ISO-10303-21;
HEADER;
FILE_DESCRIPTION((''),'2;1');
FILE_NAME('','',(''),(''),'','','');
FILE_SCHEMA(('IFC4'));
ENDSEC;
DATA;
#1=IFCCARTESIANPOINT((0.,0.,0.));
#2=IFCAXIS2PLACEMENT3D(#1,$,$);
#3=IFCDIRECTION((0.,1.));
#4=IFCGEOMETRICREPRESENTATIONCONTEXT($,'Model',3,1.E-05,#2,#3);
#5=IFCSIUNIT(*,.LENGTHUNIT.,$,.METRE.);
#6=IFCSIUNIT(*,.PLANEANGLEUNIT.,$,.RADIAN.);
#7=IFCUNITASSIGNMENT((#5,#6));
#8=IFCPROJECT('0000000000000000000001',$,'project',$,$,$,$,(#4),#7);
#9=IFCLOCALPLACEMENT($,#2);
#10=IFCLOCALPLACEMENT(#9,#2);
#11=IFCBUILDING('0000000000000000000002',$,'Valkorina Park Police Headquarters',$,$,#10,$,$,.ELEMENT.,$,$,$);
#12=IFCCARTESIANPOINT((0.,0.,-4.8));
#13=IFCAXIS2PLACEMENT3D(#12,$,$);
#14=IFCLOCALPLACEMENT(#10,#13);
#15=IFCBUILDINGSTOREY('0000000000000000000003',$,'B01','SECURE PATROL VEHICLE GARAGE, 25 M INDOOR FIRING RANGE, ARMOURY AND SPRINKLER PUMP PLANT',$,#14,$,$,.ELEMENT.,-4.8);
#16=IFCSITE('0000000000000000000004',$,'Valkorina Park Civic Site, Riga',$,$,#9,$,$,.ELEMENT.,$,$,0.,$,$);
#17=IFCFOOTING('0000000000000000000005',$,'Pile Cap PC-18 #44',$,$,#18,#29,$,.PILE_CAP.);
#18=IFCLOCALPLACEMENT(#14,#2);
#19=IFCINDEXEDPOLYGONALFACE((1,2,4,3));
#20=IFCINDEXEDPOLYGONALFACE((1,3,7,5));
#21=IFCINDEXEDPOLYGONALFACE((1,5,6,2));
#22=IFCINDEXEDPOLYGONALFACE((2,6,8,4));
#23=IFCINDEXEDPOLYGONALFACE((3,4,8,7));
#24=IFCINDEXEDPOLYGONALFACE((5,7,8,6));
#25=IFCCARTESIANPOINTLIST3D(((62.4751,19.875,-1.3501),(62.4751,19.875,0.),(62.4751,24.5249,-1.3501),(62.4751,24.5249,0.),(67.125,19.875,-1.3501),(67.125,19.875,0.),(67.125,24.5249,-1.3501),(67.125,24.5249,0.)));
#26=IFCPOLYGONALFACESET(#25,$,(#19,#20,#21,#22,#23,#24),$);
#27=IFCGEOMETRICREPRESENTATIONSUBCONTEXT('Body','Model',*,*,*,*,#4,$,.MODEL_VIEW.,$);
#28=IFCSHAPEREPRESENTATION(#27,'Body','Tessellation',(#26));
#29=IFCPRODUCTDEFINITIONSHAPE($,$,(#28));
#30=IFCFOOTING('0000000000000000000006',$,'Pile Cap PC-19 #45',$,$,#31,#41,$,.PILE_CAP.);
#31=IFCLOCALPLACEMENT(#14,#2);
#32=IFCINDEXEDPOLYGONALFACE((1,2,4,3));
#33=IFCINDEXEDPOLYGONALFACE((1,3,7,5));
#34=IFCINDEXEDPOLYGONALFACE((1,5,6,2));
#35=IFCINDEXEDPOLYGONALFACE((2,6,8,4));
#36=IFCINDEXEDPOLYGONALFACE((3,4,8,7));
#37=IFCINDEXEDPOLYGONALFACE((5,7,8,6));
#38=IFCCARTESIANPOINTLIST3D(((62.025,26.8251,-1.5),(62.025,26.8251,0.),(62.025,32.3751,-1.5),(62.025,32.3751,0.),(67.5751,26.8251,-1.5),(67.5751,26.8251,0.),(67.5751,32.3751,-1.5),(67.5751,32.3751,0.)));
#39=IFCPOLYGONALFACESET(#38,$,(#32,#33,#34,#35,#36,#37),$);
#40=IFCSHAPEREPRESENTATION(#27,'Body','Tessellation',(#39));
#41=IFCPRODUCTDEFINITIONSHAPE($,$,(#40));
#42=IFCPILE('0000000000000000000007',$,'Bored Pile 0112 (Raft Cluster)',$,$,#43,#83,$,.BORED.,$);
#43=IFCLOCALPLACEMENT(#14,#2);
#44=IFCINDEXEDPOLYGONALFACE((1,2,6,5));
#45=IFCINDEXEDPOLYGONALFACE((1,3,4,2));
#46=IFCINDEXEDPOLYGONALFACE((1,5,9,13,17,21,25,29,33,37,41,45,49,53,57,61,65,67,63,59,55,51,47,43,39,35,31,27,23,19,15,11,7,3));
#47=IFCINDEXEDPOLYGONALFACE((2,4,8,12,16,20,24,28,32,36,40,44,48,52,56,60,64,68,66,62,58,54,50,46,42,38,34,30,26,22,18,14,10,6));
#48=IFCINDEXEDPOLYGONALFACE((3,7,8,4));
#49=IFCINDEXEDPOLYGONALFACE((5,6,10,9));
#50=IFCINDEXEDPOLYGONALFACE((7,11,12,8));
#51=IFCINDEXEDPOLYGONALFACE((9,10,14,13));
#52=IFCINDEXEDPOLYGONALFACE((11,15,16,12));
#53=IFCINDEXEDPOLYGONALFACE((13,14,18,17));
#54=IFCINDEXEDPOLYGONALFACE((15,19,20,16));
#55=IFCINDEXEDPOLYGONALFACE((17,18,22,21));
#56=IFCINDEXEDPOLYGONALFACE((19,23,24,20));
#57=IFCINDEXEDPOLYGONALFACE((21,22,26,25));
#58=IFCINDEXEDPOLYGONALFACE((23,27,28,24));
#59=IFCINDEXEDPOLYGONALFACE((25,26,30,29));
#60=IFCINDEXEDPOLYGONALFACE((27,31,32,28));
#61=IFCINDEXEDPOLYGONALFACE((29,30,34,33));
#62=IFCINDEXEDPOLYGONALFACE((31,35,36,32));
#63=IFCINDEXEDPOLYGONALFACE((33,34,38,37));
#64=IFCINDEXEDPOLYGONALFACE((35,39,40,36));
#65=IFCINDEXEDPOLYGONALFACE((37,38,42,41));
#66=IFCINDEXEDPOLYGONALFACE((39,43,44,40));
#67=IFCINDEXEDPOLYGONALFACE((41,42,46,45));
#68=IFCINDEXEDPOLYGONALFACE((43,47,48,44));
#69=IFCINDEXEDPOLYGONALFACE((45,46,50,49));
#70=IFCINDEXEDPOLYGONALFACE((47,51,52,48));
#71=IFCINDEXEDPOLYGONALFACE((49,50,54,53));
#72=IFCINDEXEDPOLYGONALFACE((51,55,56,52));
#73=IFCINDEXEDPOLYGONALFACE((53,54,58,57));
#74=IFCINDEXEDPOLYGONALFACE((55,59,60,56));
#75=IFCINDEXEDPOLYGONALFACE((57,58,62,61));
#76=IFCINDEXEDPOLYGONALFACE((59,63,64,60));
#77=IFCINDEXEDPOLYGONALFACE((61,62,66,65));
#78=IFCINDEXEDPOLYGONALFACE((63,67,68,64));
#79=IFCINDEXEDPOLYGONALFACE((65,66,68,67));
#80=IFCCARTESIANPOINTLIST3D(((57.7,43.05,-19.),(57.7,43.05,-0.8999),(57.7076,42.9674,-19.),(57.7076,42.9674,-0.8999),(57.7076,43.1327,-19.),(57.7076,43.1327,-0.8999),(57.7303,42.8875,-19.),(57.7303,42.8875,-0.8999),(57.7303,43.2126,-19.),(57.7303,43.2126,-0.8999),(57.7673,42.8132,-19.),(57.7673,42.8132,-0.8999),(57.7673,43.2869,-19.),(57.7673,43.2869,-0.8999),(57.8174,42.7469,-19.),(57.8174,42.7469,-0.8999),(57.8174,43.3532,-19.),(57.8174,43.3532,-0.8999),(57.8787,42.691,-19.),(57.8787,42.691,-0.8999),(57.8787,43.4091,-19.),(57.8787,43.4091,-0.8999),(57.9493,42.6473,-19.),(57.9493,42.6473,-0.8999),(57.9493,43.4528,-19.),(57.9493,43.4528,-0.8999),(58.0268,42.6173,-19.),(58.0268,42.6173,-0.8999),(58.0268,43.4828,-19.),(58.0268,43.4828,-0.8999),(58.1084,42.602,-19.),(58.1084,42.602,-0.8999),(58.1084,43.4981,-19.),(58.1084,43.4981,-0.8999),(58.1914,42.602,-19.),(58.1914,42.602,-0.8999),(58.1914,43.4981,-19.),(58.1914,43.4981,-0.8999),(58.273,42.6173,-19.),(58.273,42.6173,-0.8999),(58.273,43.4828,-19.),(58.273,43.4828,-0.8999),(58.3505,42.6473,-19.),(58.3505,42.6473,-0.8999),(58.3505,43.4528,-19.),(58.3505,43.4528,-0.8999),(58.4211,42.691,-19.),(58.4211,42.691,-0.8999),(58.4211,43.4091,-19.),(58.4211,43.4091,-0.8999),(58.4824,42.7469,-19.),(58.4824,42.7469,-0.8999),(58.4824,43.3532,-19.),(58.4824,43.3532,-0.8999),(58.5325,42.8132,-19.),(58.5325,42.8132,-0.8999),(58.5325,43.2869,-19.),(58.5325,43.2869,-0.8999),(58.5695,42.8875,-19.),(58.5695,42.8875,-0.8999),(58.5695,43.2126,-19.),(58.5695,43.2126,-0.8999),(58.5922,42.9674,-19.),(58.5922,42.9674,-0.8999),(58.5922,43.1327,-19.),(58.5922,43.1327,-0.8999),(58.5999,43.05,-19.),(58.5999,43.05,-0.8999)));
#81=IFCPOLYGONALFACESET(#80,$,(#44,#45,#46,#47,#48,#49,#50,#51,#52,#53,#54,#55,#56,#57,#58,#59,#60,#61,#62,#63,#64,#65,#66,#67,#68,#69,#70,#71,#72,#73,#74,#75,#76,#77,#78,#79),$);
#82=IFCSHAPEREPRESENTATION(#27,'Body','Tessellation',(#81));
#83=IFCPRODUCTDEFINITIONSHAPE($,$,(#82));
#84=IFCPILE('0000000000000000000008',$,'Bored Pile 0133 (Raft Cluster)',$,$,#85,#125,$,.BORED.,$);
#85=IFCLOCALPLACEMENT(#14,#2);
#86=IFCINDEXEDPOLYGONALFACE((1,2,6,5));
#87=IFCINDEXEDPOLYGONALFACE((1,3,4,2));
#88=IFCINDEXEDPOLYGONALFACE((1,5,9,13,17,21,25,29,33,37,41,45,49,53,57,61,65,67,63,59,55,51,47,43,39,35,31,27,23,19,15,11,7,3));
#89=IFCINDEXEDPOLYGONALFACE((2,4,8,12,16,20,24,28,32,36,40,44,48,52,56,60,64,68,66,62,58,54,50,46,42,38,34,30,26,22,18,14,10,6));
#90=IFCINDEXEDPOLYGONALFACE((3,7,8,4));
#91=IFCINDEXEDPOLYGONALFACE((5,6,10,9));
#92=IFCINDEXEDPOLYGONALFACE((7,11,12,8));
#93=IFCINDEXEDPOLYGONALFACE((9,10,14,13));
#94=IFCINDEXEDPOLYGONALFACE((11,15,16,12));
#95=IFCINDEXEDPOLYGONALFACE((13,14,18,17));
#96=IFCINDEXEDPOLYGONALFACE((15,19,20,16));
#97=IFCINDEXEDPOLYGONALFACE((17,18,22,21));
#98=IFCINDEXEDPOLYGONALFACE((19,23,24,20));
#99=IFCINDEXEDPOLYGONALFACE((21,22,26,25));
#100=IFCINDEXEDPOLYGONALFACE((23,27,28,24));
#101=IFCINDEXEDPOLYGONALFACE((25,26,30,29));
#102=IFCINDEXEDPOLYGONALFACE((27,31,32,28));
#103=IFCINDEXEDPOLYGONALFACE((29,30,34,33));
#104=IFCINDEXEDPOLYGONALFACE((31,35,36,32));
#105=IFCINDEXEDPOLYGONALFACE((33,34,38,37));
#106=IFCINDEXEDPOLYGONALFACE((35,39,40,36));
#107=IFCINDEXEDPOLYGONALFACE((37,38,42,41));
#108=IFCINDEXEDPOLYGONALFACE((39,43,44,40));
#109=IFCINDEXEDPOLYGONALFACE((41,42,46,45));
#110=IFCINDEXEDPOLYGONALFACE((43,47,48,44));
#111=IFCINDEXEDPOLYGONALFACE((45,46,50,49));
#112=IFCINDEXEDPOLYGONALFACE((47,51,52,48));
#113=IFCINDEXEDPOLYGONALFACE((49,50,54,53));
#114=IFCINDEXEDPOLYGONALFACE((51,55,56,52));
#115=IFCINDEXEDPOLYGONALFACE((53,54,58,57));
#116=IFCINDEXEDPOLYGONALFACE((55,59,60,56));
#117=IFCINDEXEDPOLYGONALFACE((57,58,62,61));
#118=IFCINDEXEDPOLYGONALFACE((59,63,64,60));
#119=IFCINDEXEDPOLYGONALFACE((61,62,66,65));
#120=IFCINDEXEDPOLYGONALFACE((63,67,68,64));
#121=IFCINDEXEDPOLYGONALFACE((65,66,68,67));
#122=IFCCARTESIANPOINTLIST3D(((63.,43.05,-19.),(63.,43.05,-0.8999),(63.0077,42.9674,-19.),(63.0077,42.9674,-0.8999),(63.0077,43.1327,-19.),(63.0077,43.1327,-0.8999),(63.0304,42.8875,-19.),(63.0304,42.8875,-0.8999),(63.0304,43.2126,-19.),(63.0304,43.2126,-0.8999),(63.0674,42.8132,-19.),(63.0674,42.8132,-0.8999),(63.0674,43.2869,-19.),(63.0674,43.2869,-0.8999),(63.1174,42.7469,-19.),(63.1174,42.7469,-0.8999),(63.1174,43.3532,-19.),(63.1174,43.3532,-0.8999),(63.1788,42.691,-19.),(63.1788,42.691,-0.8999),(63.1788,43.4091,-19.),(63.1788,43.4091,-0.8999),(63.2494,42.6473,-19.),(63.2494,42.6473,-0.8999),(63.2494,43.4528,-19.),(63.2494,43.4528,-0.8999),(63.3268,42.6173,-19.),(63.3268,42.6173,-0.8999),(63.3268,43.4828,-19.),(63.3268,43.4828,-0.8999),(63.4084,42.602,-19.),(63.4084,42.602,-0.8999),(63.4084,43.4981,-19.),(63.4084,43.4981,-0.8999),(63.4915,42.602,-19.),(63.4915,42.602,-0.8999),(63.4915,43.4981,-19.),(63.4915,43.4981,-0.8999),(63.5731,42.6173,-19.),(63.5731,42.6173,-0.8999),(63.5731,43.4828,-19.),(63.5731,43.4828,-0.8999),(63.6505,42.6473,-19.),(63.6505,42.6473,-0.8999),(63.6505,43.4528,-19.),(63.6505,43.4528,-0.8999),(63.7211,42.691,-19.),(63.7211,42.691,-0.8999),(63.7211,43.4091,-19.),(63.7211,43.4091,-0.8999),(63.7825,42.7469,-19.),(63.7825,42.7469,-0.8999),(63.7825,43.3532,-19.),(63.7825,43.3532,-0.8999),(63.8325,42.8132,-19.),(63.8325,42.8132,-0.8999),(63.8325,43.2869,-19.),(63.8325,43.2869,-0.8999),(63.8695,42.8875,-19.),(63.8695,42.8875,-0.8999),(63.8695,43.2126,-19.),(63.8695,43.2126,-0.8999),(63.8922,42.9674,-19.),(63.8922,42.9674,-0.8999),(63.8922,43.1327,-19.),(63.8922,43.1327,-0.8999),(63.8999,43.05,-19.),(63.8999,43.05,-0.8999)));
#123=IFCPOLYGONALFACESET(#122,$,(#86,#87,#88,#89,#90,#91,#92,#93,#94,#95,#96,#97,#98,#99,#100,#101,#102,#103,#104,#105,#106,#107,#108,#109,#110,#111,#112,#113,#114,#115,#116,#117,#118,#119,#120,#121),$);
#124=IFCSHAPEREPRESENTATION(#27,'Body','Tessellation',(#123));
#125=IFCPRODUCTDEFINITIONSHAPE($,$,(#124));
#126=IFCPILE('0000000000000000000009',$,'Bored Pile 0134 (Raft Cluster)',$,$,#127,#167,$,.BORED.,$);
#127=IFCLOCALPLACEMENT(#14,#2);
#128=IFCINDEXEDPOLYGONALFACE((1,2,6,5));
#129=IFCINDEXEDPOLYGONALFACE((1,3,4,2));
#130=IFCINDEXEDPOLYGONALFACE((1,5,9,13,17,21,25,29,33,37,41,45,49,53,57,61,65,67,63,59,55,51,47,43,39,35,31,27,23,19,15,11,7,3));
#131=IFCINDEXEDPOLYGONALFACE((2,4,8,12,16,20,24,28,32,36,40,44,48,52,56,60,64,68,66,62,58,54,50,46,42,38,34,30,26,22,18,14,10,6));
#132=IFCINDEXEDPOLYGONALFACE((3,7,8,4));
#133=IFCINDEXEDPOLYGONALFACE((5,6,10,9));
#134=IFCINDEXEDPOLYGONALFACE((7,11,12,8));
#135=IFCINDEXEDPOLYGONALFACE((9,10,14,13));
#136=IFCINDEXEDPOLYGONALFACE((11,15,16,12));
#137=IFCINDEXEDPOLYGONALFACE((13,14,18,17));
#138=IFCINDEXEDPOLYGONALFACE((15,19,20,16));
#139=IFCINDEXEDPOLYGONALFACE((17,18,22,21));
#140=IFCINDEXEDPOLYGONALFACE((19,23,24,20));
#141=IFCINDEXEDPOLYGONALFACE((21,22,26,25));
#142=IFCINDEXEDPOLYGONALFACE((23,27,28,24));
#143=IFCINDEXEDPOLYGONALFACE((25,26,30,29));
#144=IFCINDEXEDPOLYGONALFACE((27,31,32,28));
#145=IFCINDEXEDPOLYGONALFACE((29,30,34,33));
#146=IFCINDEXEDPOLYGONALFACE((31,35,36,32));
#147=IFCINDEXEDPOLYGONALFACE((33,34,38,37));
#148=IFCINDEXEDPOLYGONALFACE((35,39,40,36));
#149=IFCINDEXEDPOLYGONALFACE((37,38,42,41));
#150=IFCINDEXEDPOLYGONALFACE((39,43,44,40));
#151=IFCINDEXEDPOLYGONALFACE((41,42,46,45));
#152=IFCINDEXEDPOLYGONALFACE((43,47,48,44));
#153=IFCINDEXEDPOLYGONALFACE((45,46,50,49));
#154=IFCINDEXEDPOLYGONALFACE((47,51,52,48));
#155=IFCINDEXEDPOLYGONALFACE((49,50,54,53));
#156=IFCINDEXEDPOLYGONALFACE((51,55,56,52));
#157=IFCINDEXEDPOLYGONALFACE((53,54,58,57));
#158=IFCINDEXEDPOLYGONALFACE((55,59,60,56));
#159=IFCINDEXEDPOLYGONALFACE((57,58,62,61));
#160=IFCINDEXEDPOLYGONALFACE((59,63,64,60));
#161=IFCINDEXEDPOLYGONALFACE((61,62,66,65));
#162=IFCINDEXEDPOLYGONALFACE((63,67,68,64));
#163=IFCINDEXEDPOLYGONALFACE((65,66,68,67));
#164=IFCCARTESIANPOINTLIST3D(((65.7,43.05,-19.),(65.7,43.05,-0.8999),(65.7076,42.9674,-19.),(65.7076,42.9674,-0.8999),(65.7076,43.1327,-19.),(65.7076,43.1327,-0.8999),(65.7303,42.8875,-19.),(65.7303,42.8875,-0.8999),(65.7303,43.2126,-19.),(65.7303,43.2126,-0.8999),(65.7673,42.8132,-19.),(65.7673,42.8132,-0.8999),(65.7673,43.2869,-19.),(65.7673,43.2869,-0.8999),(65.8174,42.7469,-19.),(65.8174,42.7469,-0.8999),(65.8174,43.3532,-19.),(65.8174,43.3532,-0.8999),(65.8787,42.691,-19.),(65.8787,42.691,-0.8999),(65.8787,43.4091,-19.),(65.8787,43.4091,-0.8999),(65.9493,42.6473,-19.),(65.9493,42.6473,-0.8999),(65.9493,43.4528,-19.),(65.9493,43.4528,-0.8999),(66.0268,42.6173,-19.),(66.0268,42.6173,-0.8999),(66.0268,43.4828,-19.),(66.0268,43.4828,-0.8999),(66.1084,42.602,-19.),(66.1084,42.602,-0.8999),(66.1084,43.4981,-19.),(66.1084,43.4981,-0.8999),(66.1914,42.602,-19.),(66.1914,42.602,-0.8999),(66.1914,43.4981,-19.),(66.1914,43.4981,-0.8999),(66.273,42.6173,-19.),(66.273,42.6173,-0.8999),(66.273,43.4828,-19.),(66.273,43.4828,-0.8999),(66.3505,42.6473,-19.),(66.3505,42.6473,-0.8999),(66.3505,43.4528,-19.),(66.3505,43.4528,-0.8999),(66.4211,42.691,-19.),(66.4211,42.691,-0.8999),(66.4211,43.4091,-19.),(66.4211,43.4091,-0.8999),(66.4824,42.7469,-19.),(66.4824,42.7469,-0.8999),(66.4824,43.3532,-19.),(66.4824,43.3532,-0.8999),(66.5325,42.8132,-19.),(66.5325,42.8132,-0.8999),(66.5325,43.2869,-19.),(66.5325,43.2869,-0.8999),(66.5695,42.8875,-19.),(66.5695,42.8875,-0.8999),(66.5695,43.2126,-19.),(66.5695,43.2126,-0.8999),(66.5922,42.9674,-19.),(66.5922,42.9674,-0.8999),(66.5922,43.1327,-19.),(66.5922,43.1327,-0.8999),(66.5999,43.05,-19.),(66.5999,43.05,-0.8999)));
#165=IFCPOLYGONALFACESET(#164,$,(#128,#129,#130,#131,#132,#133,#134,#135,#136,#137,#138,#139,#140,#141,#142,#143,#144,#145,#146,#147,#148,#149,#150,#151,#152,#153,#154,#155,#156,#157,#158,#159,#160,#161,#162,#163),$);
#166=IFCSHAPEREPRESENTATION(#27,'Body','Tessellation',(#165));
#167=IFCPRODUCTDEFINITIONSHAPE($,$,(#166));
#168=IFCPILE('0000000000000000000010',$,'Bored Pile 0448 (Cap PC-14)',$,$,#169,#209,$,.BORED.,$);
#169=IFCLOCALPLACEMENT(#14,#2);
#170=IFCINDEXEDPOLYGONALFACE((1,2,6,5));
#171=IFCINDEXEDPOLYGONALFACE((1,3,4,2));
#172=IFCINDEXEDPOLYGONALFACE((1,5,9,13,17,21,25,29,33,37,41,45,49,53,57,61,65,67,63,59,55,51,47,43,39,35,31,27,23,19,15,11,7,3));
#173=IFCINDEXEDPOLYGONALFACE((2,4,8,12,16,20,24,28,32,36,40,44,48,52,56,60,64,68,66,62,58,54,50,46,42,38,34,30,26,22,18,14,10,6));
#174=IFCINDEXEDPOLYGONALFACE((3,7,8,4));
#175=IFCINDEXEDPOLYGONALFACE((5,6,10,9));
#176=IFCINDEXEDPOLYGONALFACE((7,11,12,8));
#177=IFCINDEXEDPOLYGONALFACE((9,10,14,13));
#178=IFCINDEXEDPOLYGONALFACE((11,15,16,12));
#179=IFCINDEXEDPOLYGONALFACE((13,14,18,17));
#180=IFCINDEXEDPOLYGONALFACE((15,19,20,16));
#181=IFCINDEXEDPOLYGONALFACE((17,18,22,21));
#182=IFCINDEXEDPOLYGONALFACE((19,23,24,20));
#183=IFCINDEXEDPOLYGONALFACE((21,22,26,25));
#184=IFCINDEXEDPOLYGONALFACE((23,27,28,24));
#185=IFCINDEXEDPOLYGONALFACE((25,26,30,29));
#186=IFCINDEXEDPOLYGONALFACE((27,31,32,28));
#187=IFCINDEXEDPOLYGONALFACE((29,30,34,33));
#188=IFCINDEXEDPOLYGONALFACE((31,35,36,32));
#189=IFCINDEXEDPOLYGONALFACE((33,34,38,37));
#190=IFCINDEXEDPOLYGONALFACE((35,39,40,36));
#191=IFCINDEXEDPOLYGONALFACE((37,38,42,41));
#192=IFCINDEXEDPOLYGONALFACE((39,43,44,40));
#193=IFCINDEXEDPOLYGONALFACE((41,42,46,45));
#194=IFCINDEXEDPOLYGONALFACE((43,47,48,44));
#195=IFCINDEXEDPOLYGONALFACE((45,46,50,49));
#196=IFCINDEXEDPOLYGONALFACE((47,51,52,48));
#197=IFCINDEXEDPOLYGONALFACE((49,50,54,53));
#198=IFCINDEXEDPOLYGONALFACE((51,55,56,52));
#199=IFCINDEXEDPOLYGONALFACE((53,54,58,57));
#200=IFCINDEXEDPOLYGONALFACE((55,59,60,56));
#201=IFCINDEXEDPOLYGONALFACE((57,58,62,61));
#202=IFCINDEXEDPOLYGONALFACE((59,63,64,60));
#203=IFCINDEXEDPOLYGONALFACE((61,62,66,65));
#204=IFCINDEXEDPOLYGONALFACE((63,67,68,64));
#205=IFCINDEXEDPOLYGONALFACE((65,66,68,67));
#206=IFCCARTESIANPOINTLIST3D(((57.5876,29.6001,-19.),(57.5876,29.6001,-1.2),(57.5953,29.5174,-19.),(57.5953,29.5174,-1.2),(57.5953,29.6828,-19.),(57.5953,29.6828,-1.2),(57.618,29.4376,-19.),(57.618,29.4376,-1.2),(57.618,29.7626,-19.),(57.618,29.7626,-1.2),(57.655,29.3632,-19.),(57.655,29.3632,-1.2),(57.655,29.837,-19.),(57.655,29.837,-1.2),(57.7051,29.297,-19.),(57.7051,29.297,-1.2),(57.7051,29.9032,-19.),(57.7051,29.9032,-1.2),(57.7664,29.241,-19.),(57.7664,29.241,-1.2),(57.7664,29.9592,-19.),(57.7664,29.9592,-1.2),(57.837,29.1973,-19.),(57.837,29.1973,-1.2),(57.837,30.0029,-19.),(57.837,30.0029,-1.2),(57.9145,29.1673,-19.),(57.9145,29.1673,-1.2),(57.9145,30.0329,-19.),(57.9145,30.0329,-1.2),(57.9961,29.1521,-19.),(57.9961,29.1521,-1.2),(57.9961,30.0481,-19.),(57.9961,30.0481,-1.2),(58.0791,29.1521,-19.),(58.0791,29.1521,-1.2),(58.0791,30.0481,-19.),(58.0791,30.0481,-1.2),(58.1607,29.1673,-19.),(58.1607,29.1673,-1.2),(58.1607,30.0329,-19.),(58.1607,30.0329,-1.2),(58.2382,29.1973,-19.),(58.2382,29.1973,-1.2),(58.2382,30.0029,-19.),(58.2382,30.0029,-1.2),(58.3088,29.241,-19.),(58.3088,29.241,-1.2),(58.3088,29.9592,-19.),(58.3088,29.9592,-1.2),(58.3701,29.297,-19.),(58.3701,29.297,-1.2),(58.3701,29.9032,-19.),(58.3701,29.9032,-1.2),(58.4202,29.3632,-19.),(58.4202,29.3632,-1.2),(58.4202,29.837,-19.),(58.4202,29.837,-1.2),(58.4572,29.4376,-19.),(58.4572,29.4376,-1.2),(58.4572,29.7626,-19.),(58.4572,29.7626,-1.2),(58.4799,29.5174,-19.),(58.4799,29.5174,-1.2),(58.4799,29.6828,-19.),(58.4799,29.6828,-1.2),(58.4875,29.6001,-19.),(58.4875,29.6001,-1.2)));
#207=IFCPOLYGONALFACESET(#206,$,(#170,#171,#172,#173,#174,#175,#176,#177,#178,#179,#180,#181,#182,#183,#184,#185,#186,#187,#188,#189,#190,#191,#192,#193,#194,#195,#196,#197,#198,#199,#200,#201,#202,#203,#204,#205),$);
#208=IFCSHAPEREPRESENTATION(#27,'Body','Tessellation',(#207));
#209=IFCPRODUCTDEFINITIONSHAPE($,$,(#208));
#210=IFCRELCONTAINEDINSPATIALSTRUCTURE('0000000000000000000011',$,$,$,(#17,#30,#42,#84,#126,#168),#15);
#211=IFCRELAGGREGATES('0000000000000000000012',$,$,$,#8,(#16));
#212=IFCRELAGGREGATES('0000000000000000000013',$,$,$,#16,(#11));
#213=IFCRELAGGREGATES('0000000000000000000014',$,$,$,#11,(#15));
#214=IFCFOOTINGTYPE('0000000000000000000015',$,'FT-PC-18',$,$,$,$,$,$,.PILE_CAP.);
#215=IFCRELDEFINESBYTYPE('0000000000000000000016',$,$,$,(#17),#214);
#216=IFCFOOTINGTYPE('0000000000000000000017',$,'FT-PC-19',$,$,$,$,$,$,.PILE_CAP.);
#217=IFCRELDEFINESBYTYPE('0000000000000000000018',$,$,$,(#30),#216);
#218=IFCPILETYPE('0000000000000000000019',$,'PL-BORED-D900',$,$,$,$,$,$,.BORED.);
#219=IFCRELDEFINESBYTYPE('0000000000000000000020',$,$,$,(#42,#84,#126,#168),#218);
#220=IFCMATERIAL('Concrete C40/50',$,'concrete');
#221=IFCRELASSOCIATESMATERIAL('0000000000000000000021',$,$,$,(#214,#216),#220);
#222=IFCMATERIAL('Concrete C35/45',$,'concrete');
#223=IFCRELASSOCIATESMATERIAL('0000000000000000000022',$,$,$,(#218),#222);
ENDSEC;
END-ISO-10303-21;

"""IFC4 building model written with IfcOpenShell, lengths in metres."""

from ifc_helpers import new_model, si_unit, direction, frame, origin, origin_2d, place, context, subcontext, project, spatial, rectangle, circle, extrude, material, material_profile, profile_set, type_object, element, save


model = new_model("IFC4")

# Units and contexts
model_context = context("Model", 3, precision=1e-05, world=origin(), true_north=direction((0.0, 1.0)))
body_context = subcontext(model_context, "Body", "Model", "MODEL_VIEW")
ifc_project = project(units=[si_unit("LENGTHUNIT", "METRE"), si_unit("PLANEANGLEUNIT", "RADIAN")], contexts=[model_context])

# Site, building, storey
site_placement = place(None, origin())
site = spatial("IfcSite", under=ifc_project, at=site_placement, Name="Valkorina Park Civic Site, Riga", CompositionType="ELEMENT", RefElevation=0.0)
building_placement = place(site_placement, origin())
building = spatial("IfcBuilding", under=site, at=building_placement, Name="Valkorina Park Police Headquarters", CompositionType="ELEMENT")
storey_placement = place(building_placement, frame((0.0, 0.0, -4.8)))
storey = spatial("IfcBuildingStorey", under=building, at=storey_placement, Name="B01", Description="SECURE PATROL VEHICLE GARAGE, 25 M INDOOR FIRING RANGE, ARMOURY AND SPRINKLER PUMP PLANT", CompositionType="ELEMENT", Elevation=-4.8)

# Footings
ifc_material_1 = material(Name="Concrete C40/50", Category="concrete")
footing_type_1 = type_object("IfcFootingType", Name="FT-PC-18", PredefinedType="PILE_CAP", material=ifc_material_1)
footing_1_placement = place(storey_placement, frame((64.8, 22.2, -1.3501), z_axis=(0.0, 0.0, 1.0), x_axis=(1.0, 0.0, 0.0)))
element("IfcFooting", 1, at=footing_1_placement, inside=storey, type_object=footing_type_1, Name="Pile Cap PC-18 #44", PredefinedType="PILE_CAP", context=body_context, shape_type="SweptSolid", body=[
    extrude(rectangle(XDim=4.6499, YDim=4.6499, at=origin_2d()), origin(), (0.0, 0.0, 1.0), 1.3501),
])
footing_type_2 = type_object("IfcFootingType", Name="FT-PC-19", PredefinedType="PILE_CAP", material=ifc_material_1)
footing_2_placement = place(storey_placement, frame((64.8, 29.6001, -1.5), z_axis=(0.0, 0.0, 1.0), x_axis=(1.0, 0.0, 0.0)))
element("IfcFooting", 2, at=footing_2_placement, inside=storey, type_object=footing_type_2, Name="Pile Cap PC-19 #45", PredefinedType="PILE_CAP", context=body_context, shape_type="SweptSolid", body=[
    extrude(rectangle(XDim=5.55, YDim=5.55, at=origin_2d()), origin(), (0.0, 0.0, 1.0), 1.5),
])

# Piles
ifc_material_2 = material(Name="Concrete C35/45", Category="concrete")
ifc_material_profile_1 = material_profile(ifc_material_2, circle(Radius=0.45, at=origin_2d()), Name="BORED PILE D900")
ifc_profile_set_1 = profile_set([ifc_material_profile_1], Name="Concrete C35/45")
pile_type = type_object("IfcPileType", Name="PL-BORED-D900", PredefinedType="BORED", material=ifc_profile_set_1)
for number, where, z_axis, x_axis, name in (
    (3, (58.1499, 43.05, -0.8999), (0.0, 0.0, -1.0), (1.0, 0.0, 0.0), "Bored Pile 0112 (Raft Cluster)"),
    (4, (63.45, 43.05, -0.8999), (0.0, 0.0, -1.0), (1.0, 0.0, 0.0), "Bored Pile 0133 (Raft Cluster)"),
    (5, (66.1499, 43.05, -0.8999), (0.0, 0.0, -1.0), (1.0, 0.0, 0.0), "Bored Pile 0134 (Raft Cluster)"),
):
    element("IfcPile", number, at=place(storey_placement, frame(where, z_axis=z_axis, x_axis=x_axis)), inside=storey, type_object=pile_type, Name=name, PredefinedType="BORED", context=body_context, shape_type="SweptSolid", body=[
        extrude(circle(Radius=0.45, at=origin_2d()), origin(), (0.0, 0.0, 1.0), 18.1001),
    ])
for number, where, z_axis, x_axis, name in (
    (6, (58.0376, 29.6001, -1.2), (0.0, 0.0, -1.0), (1.0, 0.0, 0.0), "Bored Pile 0448 (Cap PC-14)"),
):
    element("IfcPile", number, at=place(storey_placement, frame(where, z_axis=z_axis, x_axis=x_axis)), inside=storey, type_object=pile_type, Name=name, PredefinedType="BORED", context=body_context, shape_type="SweptSolid", body=[
        extrude(circle(Radius=0.45, at=origin_2d()), origin(), (0.0, 0.0, 1.0), 17.8),
    ])

save(model, "model.ifc")
